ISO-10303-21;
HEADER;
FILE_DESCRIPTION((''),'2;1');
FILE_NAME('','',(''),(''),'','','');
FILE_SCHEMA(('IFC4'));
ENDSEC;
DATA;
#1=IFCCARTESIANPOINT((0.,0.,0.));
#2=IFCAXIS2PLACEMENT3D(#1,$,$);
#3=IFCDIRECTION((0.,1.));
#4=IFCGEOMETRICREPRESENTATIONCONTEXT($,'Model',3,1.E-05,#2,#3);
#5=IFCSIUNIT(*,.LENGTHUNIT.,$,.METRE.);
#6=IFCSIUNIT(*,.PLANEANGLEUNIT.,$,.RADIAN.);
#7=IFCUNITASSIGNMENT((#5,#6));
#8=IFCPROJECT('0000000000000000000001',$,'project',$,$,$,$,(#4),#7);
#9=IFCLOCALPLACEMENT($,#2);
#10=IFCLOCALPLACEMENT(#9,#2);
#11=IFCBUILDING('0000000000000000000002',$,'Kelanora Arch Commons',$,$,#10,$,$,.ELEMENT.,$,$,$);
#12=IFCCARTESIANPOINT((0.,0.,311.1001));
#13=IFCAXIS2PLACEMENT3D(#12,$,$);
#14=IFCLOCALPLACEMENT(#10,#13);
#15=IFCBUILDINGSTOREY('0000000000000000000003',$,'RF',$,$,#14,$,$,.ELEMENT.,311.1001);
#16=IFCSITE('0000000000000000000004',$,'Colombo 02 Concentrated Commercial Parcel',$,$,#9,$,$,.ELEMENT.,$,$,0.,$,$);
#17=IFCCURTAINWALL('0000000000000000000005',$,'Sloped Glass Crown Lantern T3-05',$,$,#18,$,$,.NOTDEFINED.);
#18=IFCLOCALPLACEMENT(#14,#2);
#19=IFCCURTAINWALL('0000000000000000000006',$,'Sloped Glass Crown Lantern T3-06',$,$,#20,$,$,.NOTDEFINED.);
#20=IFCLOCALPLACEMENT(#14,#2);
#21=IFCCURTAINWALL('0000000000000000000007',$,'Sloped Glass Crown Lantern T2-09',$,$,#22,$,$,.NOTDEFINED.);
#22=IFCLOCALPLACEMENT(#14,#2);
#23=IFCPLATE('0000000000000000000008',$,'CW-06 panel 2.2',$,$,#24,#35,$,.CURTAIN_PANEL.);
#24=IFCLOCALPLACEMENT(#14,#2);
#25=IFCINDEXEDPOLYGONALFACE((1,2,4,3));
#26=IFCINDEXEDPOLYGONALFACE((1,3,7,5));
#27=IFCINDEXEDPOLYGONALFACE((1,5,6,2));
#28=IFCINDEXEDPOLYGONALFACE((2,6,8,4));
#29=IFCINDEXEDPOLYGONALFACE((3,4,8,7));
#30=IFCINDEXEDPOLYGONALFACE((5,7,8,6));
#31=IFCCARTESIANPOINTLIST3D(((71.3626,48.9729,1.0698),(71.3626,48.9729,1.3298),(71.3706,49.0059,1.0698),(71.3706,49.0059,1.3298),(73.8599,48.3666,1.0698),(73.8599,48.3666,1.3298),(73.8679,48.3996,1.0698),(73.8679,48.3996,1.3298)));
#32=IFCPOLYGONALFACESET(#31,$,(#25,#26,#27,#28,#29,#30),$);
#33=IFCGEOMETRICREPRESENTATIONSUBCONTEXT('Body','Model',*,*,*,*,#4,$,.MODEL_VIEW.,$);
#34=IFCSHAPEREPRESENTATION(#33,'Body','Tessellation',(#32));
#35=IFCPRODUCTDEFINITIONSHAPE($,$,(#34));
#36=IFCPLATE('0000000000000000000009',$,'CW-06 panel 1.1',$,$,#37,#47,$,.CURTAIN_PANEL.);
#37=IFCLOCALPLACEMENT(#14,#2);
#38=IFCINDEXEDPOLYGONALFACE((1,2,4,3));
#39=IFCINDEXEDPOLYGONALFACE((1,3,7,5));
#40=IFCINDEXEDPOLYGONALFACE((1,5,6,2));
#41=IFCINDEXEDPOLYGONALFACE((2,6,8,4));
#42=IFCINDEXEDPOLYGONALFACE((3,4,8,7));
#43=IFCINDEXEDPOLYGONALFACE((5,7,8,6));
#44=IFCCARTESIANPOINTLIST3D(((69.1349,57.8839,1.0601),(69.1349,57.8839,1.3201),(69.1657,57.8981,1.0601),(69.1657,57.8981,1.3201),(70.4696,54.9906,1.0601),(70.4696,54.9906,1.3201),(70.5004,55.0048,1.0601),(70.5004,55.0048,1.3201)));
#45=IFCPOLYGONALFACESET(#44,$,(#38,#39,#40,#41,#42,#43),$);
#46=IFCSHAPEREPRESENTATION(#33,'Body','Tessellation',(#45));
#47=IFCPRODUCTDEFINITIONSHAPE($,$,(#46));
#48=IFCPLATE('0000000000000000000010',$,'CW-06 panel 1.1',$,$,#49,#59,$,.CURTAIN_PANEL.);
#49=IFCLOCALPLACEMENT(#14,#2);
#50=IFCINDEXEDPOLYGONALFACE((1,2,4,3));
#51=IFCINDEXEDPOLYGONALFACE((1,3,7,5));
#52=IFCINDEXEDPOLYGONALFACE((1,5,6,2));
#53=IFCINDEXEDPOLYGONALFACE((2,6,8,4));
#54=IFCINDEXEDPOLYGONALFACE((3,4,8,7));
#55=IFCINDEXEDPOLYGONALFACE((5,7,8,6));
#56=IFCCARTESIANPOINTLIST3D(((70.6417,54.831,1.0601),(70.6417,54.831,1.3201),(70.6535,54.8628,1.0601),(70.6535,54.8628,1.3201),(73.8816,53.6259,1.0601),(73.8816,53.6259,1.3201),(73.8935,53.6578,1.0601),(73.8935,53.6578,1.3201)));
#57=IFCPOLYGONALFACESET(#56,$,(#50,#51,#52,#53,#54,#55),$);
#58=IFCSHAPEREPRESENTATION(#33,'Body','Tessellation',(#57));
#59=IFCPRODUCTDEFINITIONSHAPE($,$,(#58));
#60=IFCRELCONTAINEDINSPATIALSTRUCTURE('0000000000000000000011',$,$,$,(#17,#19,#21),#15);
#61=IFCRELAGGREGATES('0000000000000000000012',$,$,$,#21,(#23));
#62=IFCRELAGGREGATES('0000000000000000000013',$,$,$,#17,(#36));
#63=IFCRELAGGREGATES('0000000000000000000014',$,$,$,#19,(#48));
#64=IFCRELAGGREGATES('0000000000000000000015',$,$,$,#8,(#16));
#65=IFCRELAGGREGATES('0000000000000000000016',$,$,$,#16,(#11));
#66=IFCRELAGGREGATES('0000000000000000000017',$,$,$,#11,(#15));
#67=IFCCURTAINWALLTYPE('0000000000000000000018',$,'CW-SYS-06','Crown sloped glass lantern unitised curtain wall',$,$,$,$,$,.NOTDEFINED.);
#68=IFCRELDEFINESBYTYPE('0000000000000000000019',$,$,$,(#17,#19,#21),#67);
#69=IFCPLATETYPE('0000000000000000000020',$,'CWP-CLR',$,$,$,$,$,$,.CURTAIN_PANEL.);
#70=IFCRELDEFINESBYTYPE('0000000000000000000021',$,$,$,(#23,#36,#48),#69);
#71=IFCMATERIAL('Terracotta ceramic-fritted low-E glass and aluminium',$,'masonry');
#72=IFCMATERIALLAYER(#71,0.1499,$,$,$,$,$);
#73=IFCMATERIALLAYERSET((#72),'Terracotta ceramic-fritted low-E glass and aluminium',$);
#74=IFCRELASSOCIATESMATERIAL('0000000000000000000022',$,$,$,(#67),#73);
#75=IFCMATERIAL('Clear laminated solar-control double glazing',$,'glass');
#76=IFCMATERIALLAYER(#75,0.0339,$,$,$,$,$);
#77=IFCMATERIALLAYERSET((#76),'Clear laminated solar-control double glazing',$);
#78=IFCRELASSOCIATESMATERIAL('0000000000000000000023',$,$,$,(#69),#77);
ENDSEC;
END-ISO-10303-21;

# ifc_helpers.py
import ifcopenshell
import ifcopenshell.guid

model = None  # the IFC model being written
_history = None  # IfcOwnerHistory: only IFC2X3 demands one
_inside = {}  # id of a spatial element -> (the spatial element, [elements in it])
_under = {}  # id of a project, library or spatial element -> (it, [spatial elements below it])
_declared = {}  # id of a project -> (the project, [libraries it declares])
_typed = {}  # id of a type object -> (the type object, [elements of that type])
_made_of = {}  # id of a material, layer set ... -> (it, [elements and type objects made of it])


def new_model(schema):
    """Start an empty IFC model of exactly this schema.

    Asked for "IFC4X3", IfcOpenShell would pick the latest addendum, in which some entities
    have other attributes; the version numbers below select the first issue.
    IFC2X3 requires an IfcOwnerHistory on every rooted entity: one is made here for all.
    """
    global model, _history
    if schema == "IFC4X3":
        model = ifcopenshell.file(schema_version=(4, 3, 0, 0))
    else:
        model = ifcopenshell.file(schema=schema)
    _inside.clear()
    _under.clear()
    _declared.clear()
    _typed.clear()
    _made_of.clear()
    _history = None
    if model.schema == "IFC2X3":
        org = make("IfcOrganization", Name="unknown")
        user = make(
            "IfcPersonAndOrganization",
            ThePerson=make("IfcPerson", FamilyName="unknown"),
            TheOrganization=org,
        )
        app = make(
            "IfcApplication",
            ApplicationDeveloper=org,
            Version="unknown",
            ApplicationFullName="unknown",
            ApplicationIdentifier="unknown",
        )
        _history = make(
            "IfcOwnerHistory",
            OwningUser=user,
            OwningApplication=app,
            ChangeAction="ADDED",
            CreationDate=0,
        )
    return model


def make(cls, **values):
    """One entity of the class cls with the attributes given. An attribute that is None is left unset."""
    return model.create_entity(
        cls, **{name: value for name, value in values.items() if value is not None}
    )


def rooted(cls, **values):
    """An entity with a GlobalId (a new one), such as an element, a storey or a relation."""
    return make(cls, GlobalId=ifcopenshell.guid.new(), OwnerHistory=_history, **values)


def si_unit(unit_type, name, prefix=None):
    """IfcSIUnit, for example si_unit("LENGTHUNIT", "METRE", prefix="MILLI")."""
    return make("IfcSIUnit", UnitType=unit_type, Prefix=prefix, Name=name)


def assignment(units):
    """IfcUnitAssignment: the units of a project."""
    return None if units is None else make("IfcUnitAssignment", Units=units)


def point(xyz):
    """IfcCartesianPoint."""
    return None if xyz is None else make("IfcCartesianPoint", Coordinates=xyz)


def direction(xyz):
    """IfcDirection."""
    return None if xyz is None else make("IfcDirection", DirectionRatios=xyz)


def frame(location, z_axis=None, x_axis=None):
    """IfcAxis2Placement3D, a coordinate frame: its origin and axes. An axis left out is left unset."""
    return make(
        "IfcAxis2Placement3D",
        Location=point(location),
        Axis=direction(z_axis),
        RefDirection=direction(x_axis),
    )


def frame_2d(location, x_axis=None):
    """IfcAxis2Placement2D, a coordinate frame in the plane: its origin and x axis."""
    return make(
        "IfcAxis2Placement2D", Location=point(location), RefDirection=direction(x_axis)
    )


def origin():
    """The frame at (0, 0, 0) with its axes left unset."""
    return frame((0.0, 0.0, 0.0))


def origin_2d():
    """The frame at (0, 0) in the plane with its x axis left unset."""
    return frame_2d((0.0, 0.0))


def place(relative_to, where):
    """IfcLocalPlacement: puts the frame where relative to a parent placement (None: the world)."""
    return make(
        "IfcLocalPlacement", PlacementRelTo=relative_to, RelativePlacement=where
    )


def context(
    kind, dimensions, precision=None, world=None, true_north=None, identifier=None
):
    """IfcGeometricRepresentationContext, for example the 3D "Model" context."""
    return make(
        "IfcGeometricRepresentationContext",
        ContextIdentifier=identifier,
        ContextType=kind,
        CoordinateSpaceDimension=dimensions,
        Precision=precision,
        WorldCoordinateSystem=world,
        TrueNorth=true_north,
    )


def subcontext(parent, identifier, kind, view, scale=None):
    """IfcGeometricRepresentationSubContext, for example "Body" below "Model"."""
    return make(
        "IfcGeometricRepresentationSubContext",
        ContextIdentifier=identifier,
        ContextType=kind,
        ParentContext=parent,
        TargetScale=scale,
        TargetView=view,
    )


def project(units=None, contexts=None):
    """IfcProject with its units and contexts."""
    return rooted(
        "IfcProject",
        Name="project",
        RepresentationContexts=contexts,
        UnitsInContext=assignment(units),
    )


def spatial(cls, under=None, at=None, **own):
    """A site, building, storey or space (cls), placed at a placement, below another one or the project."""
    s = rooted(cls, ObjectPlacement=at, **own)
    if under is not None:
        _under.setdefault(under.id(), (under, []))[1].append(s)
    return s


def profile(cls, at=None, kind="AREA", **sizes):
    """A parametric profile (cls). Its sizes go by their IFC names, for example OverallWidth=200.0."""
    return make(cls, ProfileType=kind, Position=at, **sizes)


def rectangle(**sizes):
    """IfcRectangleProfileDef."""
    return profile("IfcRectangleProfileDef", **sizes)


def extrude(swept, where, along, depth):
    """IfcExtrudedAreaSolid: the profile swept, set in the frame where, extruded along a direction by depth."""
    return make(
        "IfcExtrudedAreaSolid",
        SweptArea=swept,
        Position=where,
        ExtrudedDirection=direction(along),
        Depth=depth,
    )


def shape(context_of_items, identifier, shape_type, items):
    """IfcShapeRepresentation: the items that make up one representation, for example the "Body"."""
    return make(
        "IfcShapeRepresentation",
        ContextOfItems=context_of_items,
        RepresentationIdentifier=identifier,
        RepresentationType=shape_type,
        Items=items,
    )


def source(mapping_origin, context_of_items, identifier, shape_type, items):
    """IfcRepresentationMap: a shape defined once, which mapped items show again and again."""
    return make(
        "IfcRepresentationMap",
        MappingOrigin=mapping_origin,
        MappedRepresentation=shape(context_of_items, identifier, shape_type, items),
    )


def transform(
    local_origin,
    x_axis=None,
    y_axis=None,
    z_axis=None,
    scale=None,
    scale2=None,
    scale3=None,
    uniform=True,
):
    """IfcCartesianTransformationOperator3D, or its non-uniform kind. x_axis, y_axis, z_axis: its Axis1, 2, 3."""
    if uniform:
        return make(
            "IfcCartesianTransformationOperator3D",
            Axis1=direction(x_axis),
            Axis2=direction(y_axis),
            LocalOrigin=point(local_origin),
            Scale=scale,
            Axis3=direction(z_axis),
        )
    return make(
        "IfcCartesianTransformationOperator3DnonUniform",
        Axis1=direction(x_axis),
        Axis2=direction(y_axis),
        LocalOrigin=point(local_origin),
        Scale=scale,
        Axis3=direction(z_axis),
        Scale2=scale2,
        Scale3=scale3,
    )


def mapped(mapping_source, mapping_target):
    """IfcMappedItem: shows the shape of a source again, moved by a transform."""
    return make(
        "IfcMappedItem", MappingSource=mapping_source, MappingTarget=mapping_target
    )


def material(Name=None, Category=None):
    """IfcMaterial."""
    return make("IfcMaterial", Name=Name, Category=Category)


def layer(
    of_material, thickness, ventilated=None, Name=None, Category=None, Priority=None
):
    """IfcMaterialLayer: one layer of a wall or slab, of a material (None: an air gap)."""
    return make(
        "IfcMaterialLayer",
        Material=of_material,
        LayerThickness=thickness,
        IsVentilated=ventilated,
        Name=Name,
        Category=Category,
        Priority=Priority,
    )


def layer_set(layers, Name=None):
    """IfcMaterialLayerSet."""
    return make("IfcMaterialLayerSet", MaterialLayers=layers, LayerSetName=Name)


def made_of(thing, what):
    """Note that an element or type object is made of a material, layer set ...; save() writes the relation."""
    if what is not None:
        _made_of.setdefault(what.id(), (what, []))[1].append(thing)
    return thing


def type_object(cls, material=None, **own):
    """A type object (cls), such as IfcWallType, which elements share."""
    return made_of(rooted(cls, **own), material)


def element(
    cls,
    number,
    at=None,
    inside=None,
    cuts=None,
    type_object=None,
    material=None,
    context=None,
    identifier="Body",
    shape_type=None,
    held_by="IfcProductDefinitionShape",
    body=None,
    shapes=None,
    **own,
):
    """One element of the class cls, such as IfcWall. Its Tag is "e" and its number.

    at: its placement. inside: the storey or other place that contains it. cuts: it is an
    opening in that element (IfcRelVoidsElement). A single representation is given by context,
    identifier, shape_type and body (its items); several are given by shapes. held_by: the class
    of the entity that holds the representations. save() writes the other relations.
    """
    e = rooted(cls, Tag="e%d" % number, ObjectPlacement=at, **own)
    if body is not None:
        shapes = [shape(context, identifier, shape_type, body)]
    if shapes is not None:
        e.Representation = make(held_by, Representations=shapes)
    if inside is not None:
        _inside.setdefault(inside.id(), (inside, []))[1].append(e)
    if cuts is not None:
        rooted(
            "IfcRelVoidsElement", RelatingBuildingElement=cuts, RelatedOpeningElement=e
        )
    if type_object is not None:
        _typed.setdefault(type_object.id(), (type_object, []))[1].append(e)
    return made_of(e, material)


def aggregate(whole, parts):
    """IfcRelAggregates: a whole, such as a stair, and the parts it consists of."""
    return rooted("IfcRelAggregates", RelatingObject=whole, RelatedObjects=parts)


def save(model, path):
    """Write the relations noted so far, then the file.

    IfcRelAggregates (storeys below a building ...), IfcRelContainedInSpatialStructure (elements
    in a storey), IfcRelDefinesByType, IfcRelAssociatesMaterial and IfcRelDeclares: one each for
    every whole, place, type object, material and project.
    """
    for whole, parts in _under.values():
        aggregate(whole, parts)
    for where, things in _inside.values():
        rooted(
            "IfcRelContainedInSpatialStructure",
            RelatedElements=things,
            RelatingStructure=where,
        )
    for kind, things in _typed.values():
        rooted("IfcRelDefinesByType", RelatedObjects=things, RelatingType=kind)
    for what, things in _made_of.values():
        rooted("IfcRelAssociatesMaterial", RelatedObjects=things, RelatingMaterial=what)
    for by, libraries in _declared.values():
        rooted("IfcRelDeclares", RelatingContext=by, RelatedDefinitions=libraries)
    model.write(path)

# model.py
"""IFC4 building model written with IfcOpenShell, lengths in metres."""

from ifc_helpers import new_model, si_unit, direction, frame, origin, origin_2d, place, context, subcontext, project, spatial, rectangle, extrude, source, transform, mapped, material, layer, layer_set, type_object, element, aggregate, save


model = new_model("IFC4")

# Units and contexts
model_context = context("Model", 3, precision=1e-05, world=origin(), true_north=direction((0.0, 1.0)))
body_context = subcontext(model_context, "Body", "Model", "MODEL_VIEW")
ifc_project = project(units=[si_unit("LENGTHUNIT", "METRE"), si_unit("PLANEANGLEUNIT", "RADIAN")], contexts=[model_context])

# Site, building, storey
site_placement = place(None, origin())
site = spatial("IfcSite", under=ifc_project, at=site_placement, Name="Colombo 02 Concentrated Commercial Parcel", CompositionType="ELEMENT", RefElevation=0.0)
building_placement = place(site_placement, origin())
building = spatial("IfcBuilding", under=site, at=building_placement, Name="Kelanora Arch Commons", CompositionType="ELEMENT")
storey_placement = place(building_placement, frame((0.0, 0.0, 311.1001)))
storey = spatial("IfcBuildingStorey", under=building, at=storey_placement, Name="RF", CompositionType="ELEMENT", Elevation=311.1001)

# Curtain walls
ifc_material_1 = material(Name="Terracotta ceramic-fritted low-E glass and aluminium", Category="masonry")
ifc_layer_1 = layer(ifc_material_1, 0.1499)
ifc_layer_set_1 = layer_set([ifc_layer_1], Name="Terracotta ceramic-fritted low-E glass and aluminium")
curtain_wall_type = type_object("IfcCurtainWallType", Name="CW-SYS-06", Description="Crown sloped glass lantern unitised curtain wall", PredefinedType="NOTDEFINED", material=ifc_layer_set_1)
curtain_wall_1_placement = place(storey_placement, origin())
curtain_wall_1 = element("IfcCurtainWall", 1, at=curtain_wall_1_placement, inside=storey, type_object=curtain_wall_type, Name="Sloped Glass Crown Lantern T3-05", PredefinedType="NOTDEFINED")
curtain_wall_2_placement = place(storey_placement, origin())
curtain_wall_2 = element("IfcCurtainWall", 2, at=curtain_wall_2_placement, inside=storey, type_object=curtain_wall_type, Name="Sloped Glass Crown Lantern T3-06", PredefinedType="NOTDEFINED")

# Curtain wall
curtain_wall_3_placement = place(storey_placement, origin())
curtain_wall_3 = element("IfcCurtainWall", 3, at=curtain_wall_3_placement, inside=storey, type_object=curtain_wall_type, Name="Sloped Glass Crown Lantern T2-09", PredefinedType="NOTDEFINED")

# Plates
ifc_material_2 = material(Name="Clear laminated solar-control double glazing", Category="glass")
ifc_layer_2 = layer(ifc_material_2, 0.0339)
ifc_layer_set_2 = layer_set([ifc_layer_2], Name="Clear laminated solar-control double glazing")
plate_type_1 = type_object("IfcPlateType", Name="CWP-CLR", PredefinedType="CURTAIN_PANEL", material=ifc_layer_set_2)
shared_shape_1 = source(origin(), body_context, "Body", "SweptSolid", [
    extrude(rectangle(XDim=2.5698, YDim=0.0339, at=origin_2d()), origin(), (0.0, 0.0, 1.0), 0.26),
])
plate_1_placement = place(storey_placement, frame((72.6152, 48.6863, 1.0698), z_axis=(0.0, 0.0, 1.0), x_axis=(0.97177, -0.235931, 0.0)))
plate_1 = element("IfcPlate", 4, at=plate_1_placement, type_object=plate_type_1, Name="CW-06 panel 2.2", PredefinedType="CURTAIN_PANEL", context=body_context, shape_type="MappedRepresentation", body=[
    mapped(shared_shape_1, transform((0.0, 0.0, 0.0), scale=1.0)),
])
aggregate(curtain_wall_3, [plate_1])
shared_shape_2 = source(origin(), body_context, "Body", "SweptSolid", [
    extrude(rectangle(XDim=3.1863, YDim=0.0339, at=origin_2d()), origin(), (0.0, 0.0, 1.0), 0.26),
])
plate_2_placement = place(storey_placement, frame((69.8176, 56.4443, 1.0601), z_axis=(0.0, 0.0, 1.0), x_axis=(0.418889, -0.908037, 0.0)))
plate_2 = element("IfcPlate", 5, at=plate_2_placement, type_object=plate_type_1, Name="CW-06 panel 1.1", PredefinedType="CURTAIN_PANEL", context=body_context, shape_type="MappedRepresentation", body=[
    mapped(shared_shape_2, transform((0.0, 0.0, 0.0), scale=1.0)),
])
aggregate(curtain_wall_1, [plate_2])
shared_shape_3 = source(origin(), body_context, "Body", "SweptSolid", [
    extrude(rectangle(XDim=3.4568, YDim=0.0339, at=origin_2d()), origin(), (0.0, 0.0, 1.0), 0.26),
])
plate_3_placement = place(storey_placement, frame((72.2676, 54.2444, 1.0601), z_axis=(0.0, 0.0, 1.0), x_axis=(0.937268, -0.34861, 0.0)))
plate_3 = element("IfcPlate", 6, at=plate_3_placement, type_object=plate_type_1, Name="CW-06 panel 1.1", PredefinedType="CURTAIN_PANEL", context=body_context, shape_type="MappedRepresentation", body=[
    mapped(shared_shape_3, transform((0.0, 0.0, 0.0), scale=1.0)),
])
aggregate(curtain_wall_2, [plate_3])

save(model, "model.ifc")
